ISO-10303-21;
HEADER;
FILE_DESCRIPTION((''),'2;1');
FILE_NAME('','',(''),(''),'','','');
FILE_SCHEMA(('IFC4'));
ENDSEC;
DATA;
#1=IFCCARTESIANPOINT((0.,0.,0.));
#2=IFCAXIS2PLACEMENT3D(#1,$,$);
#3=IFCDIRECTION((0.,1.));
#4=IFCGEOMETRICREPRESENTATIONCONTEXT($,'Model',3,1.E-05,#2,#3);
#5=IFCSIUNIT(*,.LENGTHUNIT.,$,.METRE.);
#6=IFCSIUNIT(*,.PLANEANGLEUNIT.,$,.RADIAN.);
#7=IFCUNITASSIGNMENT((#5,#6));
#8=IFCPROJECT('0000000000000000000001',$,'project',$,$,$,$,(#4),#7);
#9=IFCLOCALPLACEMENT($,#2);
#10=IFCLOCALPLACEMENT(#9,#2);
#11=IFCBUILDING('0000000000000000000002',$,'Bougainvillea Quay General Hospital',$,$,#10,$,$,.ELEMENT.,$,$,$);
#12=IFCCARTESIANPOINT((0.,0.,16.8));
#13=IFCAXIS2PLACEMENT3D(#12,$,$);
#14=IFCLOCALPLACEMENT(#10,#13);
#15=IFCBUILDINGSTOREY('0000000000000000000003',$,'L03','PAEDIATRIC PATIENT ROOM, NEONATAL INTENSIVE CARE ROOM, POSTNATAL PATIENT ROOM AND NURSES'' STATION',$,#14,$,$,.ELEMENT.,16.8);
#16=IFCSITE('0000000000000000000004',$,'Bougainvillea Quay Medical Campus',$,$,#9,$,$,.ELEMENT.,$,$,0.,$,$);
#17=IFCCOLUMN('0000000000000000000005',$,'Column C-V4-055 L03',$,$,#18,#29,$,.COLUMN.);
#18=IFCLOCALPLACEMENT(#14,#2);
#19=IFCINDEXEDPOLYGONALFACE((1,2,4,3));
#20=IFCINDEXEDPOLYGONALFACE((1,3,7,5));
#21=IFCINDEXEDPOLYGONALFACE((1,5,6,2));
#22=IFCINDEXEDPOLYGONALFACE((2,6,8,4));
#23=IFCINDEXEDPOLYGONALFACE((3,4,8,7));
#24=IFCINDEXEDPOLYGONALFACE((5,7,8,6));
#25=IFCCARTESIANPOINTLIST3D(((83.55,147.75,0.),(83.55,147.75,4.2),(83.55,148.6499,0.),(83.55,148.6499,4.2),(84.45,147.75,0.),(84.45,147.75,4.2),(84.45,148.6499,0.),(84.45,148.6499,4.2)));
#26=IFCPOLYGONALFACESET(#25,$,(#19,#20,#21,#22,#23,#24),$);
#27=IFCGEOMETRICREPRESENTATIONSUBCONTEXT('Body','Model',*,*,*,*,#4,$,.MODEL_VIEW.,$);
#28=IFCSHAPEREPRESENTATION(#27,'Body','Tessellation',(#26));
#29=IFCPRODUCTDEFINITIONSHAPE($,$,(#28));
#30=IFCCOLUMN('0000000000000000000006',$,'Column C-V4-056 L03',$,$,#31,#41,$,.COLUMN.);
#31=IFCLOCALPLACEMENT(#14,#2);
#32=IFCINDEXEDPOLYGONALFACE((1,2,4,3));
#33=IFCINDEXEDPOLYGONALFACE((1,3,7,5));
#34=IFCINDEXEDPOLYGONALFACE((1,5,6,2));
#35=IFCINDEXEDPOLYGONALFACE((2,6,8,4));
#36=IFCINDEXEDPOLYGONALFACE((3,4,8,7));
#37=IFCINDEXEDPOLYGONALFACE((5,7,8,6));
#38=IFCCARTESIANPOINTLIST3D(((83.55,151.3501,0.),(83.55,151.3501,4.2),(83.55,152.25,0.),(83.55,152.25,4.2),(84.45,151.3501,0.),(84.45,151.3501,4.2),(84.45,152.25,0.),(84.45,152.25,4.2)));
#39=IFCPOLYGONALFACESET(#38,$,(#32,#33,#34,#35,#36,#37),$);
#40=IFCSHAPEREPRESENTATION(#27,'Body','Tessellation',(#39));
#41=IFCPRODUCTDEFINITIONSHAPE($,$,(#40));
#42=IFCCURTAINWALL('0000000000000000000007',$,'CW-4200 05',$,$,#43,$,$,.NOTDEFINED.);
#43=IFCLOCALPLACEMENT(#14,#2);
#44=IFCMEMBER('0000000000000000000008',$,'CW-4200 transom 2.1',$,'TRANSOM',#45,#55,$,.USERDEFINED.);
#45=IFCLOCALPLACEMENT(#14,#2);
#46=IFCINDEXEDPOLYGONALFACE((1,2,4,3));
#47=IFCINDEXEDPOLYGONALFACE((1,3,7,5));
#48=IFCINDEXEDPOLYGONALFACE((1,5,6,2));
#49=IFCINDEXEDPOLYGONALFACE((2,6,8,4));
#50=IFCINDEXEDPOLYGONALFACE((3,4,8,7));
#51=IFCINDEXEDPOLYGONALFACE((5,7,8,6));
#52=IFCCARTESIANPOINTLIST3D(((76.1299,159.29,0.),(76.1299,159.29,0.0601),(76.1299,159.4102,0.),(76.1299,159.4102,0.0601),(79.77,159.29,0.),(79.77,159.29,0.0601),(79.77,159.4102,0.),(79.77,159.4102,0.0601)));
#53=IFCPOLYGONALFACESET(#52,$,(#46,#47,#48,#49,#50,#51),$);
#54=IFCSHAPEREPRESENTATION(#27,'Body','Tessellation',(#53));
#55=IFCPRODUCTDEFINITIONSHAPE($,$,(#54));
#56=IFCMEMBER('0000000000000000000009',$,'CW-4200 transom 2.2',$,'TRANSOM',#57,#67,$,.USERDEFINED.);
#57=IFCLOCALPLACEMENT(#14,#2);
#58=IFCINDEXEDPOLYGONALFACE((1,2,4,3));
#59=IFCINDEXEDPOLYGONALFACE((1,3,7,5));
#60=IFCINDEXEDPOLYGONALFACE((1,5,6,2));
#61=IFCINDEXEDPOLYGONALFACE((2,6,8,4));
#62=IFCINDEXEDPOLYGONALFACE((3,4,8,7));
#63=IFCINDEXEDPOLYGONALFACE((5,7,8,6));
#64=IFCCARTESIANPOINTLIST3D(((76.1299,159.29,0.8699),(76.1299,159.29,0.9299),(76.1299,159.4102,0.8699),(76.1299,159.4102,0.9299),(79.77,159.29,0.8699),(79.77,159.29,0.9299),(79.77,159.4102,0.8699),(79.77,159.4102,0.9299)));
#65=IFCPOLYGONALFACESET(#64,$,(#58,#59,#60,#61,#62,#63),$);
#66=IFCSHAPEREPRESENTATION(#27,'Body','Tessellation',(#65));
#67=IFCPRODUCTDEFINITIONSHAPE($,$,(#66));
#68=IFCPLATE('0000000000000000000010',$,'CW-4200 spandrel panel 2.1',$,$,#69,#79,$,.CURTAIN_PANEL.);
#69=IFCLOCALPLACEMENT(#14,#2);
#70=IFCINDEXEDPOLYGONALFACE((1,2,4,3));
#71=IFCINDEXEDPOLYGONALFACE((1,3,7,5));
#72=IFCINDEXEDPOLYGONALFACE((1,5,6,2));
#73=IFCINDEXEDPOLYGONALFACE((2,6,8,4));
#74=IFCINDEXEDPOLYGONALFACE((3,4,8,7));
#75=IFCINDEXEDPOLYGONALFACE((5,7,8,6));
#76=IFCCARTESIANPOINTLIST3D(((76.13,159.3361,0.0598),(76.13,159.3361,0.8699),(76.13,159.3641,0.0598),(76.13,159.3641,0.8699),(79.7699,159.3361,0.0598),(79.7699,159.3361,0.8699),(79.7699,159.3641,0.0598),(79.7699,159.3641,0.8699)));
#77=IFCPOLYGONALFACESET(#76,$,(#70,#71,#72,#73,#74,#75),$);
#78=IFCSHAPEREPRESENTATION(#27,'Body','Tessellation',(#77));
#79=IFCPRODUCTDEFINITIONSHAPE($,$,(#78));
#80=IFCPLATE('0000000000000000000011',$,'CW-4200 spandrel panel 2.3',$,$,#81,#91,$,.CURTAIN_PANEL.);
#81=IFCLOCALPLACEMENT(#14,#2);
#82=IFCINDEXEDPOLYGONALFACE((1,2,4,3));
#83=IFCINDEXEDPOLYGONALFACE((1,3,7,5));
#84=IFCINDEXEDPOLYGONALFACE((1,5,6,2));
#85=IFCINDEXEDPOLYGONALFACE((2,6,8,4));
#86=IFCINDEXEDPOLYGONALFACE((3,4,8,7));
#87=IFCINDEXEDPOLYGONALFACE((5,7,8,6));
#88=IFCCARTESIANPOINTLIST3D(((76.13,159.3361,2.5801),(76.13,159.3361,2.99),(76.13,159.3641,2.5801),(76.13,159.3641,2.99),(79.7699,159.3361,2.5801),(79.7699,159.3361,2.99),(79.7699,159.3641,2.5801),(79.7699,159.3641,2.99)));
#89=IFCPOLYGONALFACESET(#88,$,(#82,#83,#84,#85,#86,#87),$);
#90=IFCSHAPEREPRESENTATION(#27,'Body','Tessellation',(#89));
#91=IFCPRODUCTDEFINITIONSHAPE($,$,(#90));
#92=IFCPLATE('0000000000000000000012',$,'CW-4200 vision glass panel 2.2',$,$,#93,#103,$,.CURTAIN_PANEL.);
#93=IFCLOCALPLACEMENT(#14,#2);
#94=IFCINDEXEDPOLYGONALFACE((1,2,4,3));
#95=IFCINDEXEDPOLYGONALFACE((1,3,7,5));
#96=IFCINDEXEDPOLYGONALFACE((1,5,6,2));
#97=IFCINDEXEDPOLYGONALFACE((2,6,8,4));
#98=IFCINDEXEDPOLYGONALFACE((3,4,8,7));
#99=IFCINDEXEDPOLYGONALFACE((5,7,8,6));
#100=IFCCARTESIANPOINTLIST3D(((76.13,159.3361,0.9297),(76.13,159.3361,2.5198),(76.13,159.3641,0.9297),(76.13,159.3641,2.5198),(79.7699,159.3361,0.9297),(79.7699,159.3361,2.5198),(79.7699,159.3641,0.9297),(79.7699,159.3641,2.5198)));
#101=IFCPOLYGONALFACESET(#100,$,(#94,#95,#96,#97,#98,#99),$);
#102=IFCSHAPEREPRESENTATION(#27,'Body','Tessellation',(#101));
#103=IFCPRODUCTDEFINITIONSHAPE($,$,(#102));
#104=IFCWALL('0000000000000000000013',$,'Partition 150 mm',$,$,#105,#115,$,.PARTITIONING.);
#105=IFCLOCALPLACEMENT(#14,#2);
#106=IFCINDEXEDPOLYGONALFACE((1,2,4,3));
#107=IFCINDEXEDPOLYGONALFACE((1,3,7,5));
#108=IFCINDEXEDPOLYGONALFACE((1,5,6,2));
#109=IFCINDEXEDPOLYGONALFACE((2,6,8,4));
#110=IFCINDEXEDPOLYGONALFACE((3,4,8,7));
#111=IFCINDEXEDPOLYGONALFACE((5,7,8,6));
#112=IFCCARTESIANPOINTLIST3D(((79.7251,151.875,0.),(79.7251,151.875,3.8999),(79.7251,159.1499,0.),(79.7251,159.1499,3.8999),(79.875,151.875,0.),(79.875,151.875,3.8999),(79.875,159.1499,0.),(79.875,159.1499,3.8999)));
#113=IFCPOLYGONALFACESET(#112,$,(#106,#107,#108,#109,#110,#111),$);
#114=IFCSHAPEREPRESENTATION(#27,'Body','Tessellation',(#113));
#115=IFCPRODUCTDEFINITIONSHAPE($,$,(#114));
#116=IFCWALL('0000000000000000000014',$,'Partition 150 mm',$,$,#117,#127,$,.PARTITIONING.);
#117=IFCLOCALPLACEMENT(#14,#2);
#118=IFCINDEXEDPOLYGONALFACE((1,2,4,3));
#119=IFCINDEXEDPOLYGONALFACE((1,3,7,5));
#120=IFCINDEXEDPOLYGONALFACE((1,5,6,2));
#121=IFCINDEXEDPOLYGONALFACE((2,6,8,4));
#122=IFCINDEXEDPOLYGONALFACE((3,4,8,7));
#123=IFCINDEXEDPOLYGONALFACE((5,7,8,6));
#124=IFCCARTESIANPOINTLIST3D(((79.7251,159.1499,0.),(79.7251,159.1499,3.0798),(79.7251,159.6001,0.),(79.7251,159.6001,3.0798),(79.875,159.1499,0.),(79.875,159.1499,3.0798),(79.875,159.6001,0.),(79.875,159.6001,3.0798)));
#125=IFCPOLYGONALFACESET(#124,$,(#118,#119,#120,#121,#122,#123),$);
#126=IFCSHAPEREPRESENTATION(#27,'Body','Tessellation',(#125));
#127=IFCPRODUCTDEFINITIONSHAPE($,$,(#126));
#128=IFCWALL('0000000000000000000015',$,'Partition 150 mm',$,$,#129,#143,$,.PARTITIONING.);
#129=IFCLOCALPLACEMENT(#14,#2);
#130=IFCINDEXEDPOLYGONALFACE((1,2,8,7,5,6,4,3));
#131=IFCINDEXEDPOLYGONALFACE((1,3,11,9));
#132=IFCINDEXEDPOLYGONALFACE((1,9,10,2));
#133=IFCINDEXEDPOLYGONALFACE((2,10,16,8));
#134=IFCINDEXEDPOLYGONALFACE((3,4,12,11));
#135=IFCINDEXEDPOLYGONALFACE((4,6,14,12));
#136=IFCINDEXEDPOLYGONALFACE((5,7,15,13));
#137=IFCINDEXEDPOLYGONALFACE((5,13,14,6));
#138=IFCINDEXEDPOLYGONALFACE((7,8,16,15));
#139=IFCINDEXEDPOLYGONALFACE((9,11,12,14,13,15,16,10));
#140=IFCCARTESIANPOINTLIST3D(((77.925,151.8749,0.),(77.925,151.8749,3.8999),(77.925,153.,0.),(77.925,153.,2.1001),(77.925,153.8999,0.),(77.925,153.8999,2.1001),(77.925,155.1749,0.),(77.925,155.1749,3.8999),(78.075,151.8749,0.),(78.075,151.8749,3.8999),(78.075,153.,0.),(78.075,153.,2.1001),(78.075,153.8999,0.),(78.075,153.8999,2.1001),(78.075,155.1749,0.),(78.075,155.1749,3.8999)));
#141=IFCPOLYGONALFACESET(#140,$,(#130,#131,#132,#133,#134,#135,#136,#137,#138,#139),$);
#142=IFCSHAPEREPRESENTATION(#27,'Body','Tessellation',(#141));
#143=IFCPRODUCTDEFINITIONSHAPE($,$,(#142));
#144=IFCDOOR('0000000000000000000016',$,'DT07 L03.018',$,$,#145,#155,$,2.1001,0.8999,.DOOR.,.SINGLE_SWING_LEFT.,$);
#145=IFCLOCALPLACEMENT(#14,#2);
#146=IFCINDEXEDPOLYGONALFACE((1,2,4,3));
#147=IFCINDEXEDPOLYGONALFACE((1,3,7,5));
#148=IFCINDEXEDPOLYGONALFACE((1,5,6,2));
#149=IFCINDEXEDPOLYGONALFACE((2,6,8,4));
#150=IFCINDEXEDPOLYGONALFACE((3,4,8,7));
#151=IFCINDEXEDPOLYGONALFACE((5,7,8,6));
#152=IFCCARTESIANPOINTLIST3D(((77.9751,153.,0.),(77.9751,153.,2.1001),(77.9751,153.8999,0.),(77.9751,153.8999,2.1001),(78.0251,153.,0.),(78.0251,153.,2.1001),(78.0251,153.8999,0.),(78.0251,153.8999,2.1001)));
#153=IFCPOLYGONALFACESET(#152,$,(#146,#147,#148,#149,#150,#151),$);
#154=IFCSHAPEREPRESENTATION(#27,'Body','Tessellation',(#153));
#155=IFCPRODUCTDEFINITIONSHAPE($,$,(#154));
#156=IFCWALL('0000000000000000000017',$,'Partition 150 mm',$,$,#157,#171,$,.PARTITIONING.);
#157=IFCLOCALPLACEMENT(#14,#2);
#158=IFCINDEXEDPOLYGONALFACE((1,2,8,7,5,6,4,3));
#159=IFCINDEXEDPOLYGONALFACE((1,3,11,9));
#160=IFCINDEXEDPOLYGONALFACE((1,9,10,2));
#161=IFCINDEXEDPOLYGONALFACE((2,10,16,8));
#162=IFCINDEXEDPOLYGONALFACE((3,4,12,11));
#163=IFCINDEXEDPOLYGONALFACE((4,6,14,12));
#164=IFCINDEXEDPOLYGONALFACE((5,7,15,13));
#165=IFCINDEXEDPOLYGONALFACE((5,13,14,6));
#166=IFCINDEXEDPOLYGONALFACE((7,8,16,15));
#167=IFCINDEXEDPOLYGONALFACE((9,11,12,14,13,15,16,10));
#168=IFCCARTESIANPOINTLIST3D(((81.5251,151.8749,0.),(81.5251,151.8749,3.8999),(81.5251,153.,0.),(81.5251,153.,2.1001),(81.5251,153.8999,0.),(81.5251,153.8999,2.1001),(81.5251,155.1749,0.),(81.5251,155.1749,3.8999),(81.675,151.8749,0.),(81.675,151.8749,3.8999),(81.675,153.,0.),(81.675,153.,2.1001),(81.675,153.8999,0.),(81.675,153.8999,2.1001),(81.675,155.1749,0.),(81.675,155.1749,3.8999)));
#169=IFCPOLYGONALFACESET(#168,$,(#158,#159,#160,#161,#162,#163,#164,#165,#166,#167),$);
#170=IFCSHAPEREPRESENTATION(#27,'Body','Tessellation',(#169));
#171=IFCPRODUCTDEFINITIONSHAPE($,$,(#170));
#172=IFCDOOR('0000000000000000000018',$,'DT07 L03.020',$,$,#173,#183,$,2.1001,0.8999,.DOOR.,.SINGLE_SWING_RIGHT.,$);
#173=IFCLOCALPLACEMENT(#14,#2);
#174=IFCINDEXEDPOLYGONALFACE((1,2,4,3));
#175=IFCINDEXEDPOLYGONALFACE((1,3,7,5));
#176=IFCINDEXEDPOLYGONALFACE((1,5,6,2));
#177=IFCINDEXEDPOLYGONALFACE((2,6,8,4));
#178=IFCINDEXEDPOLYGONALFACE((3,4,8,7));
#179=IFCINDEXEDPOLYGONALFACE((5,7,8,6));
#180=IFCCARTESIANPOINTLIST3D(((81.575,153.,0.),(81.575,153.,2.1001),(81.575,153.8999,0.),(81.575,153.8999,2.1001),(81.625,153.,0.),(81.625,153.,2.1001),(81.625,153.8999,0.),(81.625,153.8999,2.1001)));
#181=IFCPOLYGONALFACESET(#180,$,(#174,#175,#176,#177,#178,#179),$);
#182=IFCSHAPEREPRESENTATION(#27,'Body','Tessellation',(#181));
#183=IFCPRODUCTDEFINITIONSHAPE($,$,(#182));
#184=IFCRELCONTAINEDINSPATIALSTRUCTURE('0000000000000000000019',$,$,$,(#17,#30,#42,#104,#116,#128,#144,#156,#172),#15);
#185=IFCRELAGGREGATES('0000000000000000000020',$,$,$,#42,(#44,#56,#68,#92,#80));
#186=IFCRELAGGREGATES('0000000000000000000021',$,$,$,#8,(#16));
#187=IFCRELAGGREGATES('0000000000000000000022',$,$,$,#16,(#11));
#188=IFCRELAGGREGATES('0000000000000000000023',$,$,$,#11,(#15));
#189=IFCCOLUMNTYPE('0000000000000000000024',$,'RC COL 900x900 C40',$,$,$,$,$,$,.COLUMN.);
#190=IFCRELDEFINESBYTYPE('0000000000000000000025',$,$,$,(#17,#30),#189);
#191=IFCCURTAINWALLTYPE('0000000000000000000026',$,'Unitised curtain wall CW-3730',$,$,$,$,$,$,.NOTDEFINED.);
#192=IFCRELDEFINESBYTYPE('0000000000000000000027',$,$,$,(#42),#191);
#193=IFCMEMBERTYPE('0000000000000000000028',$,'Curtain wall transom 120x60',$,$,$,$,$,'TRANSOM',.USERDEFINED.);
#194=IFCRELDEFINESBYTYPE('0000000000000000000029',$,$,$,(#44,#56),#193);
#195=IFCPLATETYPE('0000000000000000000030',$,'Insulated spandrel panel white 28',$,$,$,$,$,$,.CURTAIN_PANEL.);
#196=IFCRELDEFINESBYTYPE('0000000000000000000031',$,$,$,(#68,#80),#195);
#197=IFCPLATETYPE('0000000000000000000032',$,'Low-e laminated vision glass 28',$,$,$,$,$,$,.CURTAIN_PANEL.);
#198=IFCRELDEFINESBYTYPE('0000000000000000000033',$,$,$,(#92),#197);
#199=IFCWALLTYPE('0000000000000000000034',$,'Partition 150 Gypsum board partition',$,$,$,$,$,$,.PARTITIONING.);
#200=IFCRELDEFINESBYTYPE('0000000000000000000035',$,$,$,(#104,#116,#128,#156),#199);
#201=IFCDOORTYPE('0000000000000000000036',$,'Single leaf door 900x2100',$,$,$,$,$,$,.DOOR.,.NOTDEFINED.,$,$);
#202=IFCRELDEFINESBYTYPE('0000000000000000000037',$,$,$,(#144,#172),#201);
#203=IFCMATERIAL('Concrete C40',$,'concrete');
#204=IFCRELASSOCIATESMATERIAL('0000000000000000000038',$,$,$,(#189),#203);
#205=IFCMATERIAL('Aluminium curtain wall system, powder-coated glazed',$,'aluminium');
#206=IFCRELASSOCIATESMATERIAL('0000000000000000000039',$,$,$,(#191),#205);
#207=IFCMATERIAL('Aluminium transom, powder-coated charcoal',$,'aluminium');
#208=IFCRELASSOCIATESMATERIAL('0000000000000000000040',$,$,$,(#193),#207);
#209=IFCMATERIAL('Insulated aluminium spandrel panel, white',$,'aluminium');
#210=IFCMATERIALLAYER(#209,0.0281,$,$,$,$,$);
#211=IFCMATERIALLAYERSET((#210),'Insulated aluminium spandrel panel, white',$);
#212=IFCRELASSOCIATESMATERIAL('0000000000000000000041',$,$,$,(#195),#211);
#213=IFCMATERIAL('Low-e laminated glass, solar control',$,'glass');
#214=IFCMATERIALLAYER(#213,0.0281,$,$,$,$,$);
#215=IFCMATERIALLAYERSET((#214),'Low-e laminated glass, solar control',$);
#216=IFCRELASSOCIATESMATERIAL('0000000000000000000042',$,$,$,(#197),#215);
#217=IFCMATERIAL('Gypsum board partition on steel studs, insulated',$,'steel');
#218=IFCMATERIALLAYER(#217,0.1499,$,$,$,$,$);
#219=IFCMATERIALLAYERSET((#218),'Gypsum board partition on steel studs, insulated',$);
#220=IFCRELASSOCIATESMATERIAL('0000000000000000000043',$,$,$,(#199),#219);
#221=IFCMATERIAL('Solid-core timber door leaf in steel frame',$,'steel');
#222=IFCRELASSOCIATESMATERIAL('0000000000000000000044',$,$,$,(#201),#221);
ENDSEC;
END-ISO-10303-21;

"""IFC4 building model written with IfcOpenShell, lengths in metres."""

from ifc_helpers import new_model, si_unit, direction, frame, frame_2d, origin, origin_2d, place, context, subcontext, project, spatial, rectangle, extrude, material, layer, layer_set, material_profile, profile_set, type_object, element, fill, aggregate, save


model = new_model("IFC4")

# Units and contexts
model_context = context("Model", 3, precision=1e-05, world=origin(), true_north=direction((0.0, 1.0)))
body_context = subcontext(model_context, "Body", "Model", "MODEL_VIEW")
ifc_project = project(units=[si_unit("LENGTHUNIT", "METRE"), si_unit("PLANEANGLEUNIT", "RADIAN")], contexts=[model_context])

# Site, building, storey
site_placement = place(None, origin())
site = spatial("IfcSite", under=ifc_project, at=site_placement, Name="Bougainvillea Quay Medical Campus", CompositionType="ELEMENT", RefElevation=0.0)
building_placement = place(site_placement, origin())
building = spatial("IfcBuilding", under=site, at=building_placement, Name="Bougainvillea Quay General Hospital", CompositionType="ELEMENT")
storey_placement = place(building_placement, frame((0.0, 0.0, 16.8)))
storey = spatial("IfcBuildingStorey", under=building, at=storey_placement, Name="L03", Description="PAEDIATRIC PATIENT ROOM, NEONATAL INTENSIVE CARE ROOM, POSTNATAL PATIENT ROOM AND NURSES' STATION", CompositionType="ELEMENT", Elevation=16.8)

# Columns
ifc_material_1 = material(Name="Concrete C40", Category="concrete")
ifc_material_profile_1 = material_profile(ifc_material_1, rectangle(XDim=0.8999, YDim=0.8999, at=origin_2d()))
ifc_profile_set_1 = profile_set([ifc_material_profile_1], Name="Concrete C40")
column_type = type_object("IfcColumnType", Name="RC COL 900x900 C40", PredefinedType="COLUMN", material=ifc_profile_set_1)
for number, where, z_axis, x_axis, name in (
    (1, (84.0, 148.2, 0.0), (0.0, 0.0, 1.0), (1.0, 0.0, 0.0), "Column C-V4-055 L03"),
    (2, (84.0, 151.8, 0.0), (0.0, 0.0, 1.0), (1.0, 0.0, 0.0), "Column C-V4-056 L03"),
):
    element("IfcColumn", number, at=place(storey_placement, frame(where, z_axis=z_axis, x_axis=x_axis)), inside=storey, type_object=column_type, Name=name, PredefinedType="COLUMN", context=body_context, shape_type="SweptSolid", body=[
        extrude(rectangle(XDim=0.8999, YDim=0.8999, at=origin_2d()), origin(), (0.0, 0.0, 1.0), 4.2),
    ])

# Curtain wall, members, plates
ifc_material_2 = material(Name="Aluminium curtain wall system, powder-coated glazed", Category="aluminium")
curtain_wall_type = type_object("IfcCurtainWallType", Name="Unitised curtain wall CW-3730", PredefinedType="NOTDEFINED", material=ifc_material_2)
curtain_wall_placement = place(storey_placement, origin())
curtain_wall = element("IfcCurtainWall", 3, at=curtain_wall_placement, inside=storey, type_object=curtain_wall_type, Name="CW-4200 05", PredefinedType="NOTDEFINED")
ifc_material_3 = material(Name="Aluminium transom, powder-coated charcoal", Category="aluminium")
ifc_material_profile_2 = material_profile(ifc_material_3, rectangle(XDim=0.1201, YDim=0.0601, at=origin_2d()))
ifc_profile_set_2 = profile_set([ifc_material_profile_2], Name="Aluminium transom, powder-coated charcoal")
member_type = type_object("IfcMemberType", Name="Curtain wall transom 120x60", ElementType="TRANSOM", PredefinedType="USERDEFINED", material=ifc_profile_set_2)
member_1_placement = place(storey_placement, frame((79.77, 159.3501, 0.03), z_axis=(-1.0, 0.0, 0.0), x_axis=(0.0, -1.0, 0.0)))
member_1 = element("IfcMember", 4, at=member_1_placement, type_object=member_type, Name="CW-4200 transom 2.1", ObjectType="TRANSOM", PredefinedType="USERDEFINED", context=body_context, shape_type="SweptSolid", body=[
    extrude(rectangle(XDim=0.1201, YDim=0.0601, at=origin_2d()), origin(), (0.0, 0.0, 1.0), 3.6401),
])
member_2_placement = place(storey_placement, frame((79.77, 159.3501, 0.8999), z_axis=(-1.0, 0.0, 0.0), x_axis=(0.0, -1.0, 0.0)))
member_2 = element("IfcMember", 5, at=member_2_placement, type_object=member_type, Name="CW-4200 transom 2.2", ObjectType="TRANSOM", PredefinedType="USERDEFINED", context=body_context, shape_type="SweptSolid", body=[
    extrude(rectangle(XDim=0.1201, YDim=0.0601, at=origin_2d()), origin(), (0.0, 0.0, 1.0), 3.6401),
])
ifc_material_4 = material(Name="Insulated aluminium spandrel panel, white", Category="aluminium")
ifc_layer_1 = layer(ifc_material_4, 0.0281)
ifc_layer_set_1 = layer_set([ifc_layer_1], Name="Insulated aluminium spandrel panel, white")
plate_type_1 = type_object("IfcPlateType", Name="Insulated spandrel panel white 28", PredefinedType="CURTAIN_PANEL", material=ifc_layer_set_1)
plate_1_placement = place(storey_placement, frame((77.95, 159.3501, 0.0598), z_axis=(0.0, 0.0, 1.0), x_axis=(-1.0, 0.0, 0.0)))
plate_1 = element("IfcPlate", 6, at=plate_1_placement, type_object=plate_type_1, Name="CW-4200 spandrel panel 2.1", PredefinedType="CURTAIN_PANEL", context=body_context, shape_type="SweptSolid", body=[
    extrude(rectangle(XDim=3.6399, YDim=0.0281, at=origin_2d()), origin(), (0.0, 0.0, 1.0), 0.8101),
])
plate_2_placement = place(storey_placement, frame((77.95, 159.3501, 2.5801), z_axis=(0.0, 0.0, 1.0), x_axis=(-1.0, 0.0, 0.0)))
plate_2 = element("IfcPlate", 7, at=plate_2_placement, type_object=plate_type_1, Name="CW-4200 spandrel panel 2.3", PredefinedType="CURTAIN_PANEL", context=body_context, shape_type="SweptSolid", body=[
    extrude(rectangle(XDim=3.6399, YDim=0.0281, at=origin_2d()), origin(), (0.0, 0.0, 1.0), 0.4099),
])
ifc_material_5 = material(Name="Low-e laminated glass, solar control", Category="glass")
ifc_layer_2 = layer(ifc_material_5, 0.0281)
ifc_layer_set_2 = layer_set([ifc_layer_2], Name="Low-e laminated glass, solar control")
plate_type_2 = type_object("IfcPlateType", Name="Low-e laminated vision glass 28", PredefinedType="CURTAIN_PANEL", material=ifc_layer_set_2)
plate_3_placement = place(storey_placement, frame((77.95, 159.3501, 0.9297), z_axis=(0.0, 0.0, 1.0), x_axis=(-1.0, 0.0, 0.0)))
plate_3 = element("IfcPlate", 8, at=plate_3_placement, type_object=plate_type_2, Name="CW-4200 vision glass panel 2.2", PredefinedType="CURTAIN_PANEL", context=body_context, shape_type="SweptSolid", body=[
    extrude(rectangle(XDim=3.6399, YDim=0.0281, at=origin_2d()), origin(), (0.0, 0.0, 1.0), 1.5901),
])
aggregate(curtain_wall, [member_1, member_2, plate_1, plate_3, plate_2])

# Walls
ifc_material_6 = material(Name="Gypsum board partition on steel studs, insulated", Category="steel")
ifc_layer_3 = layer(ifc_material_6, 0.1499)
ifc_layer_set_3 = layer_set([ifc_layer_3], Name="Gypsum board partition on steel studs, insulated")
wall_type_1 = type_object("IfcWallType", Name="Partition 150 Gypsum board partition", PredefinedType="PARTITIONING", material=ifc_layer_set_3)
wall_1_placement = place(storey_placement, frame((79.8, 151.875, 0.0), z_axis=(0.0, 0.0, 1.0), x_axis=(0.0, 1.0, 0.0)))
element("IfcWall", 9, at=wall_1_placement, inside=storey, type_object=wall_type_1, Name="Partition 150 mm", PredefinedType="PARTITIONING", context=body_context, shape_type="SweptSolid", body=[
    extrude(rectangle(XDim=7.2749, YDim=0.1499, at=frame_2d((3.6375, 0.0))), origin(), (0.0, 0.0, 1.0), 3.8999),
])
wall_2_placement = place(storey_placement, frame((79.8, 159.1499, 0.0), z_axis=(0.0, 0.0, 1.0), x_axis=(0.0, 1.0, 0.0)))
element("IfcWall", 10, at=wall_2_placement, inside=storey, type_object=wall_type_1, Name="Partition 150 mm", PredefinedType="PARTITIONING", context=body_context, shape_type="SweptSolid", body=[
    extrude(rectangle(XDim=0.4502, YDim=0.1499, at=frame_2d((0.2251, 0.0))), origin(), (0.0, 0.0, 1.0), 3.0798),
])

# Walls, openings, doors
wall_3_placement = place(storey_placement, frame((78.0, 151.875, 0.0), z_axis=(0.0, 0.0, 1.0), x_axis=(0.0, 1.0, 0.0)))
wall_3 = element("IfcWall", 11, at=wall_3_placement, inside=storey, type_object=wall_type_1, Name="Partition 150 mm", PredefinedType="PARTITIONING", context=body_context, shape_type="SweptSolid", body=[
    extrude(rectangle(XDim=3.3, YDim=0.1499, at=frame_2d((1.6499, 0.0))), origin(), (0.0, 0.0, 1.0), 3.8999),
])
opening_1_placement = place(wall_3_placement, frame((1.125, 0.0, 0.0)))
opening_1 = element("IfcOpeningElement", 12, at=opening_1_placement, cuts=wall_3, PredefinedType="OPENING", context=body_context, shape_type="SweptSolid", body=[
    extrude(rectangle(XDim=0.8999, YDim=2.1001, at=frame_2d((0.45, 1.05))), frame((0.0, 0.085, 0.0), z_axis=(0.0, -1.0, 0.0), x_axis=(1.0, 0.0, 0.0)), (0.0, 0.0, 1.0), 0.1699),
])
ifc_material_7 = material(Name="Solid-core timber door leaf in steel frame", Category="steel")
door_type_1 = type_object("IfcDoorType", Name="Single leaf door 900x2100", OperationType="NOTDEFINED", PredefinedType="DOOR", material=ifc_material_7)
door_1_placement = place(opening_1_placement, origin())
door_1 = element("IfcDoor", 13, at=door_1_placement, inside=storey, type_object=door_type_1, Name="DT07 L03.018", OperationType="SINGLE_SWING_LEFT", OverallHeight=2.1001, OverallWidth=0.8999, PredefinedType="DOOR", context=body_context, shape_type="SweptSolid", body=[
    extrude(rectangle(XDim=0.8999, YDim=2.1001, at=frame_2d((0.45, 1.05))), frame((0.0, 0.0249, 0.0), z_axis=(0.0, -1.0, 0.0), x_axis=(1.0, 0.0, 0.0)), (0.0, 0.0, 1.0), 0.05),
])
fill(opening_1, door_1)
wall_4_placement = place(storey_placement, frame((81.6001, 151.875, 0.0), z_axis=(0.0, 0.0, 1.0), x_axis=(0.0, 1.0, 0.0)))
wall_4 = element("IfcWall", 14, at=wall_4_placement, inside=storey, type_object=wall_type_1, Name="Partition 150 mm", PredefinedType="PARTITIONING", context=body_context, shape_type="SweptSolid", body=[
    extrude(rectangle(XDim=3.3, YDim=0.1499, at=frame_2d((1.6499, 0.0))), origin(), (0.0, 0.0, 1.0), 3.8999),
])
opening_2_placement = place(wall_4_placement, frame((1.125, 0.0, 0.0)))
opening_2 = element("IfcOpeningElement", 15, at=opening_2_placement, cuts=wall_4, PredefinedType="OPENING", context=body_context, shape_type="SweptSolid", body=[
    extrude(rectangle(XDim=0.8999, YDim=2.1001, at=frame_2d((0.45, 1.05))), frame((0.0, 0.085, 0.0), z_axis=(0.0, -1.0, 0.0), x_axis=(1.0, 0.0, 0.0)), (0.0, 0.0, 1.0), 0.1699),
])
door_2_placement = place(opening_2_placement, frame((0.8999, 0.0, 0.0), z_axis=(0.0, 0.0, 1.0), x_axis=(-1.0, 0.0, 0.0)))
door_2 = element("IfcDoor", 16, at=door_2_placement, inside=storey, type_object=door_type_1, Name="DT07 L03.020", OperationType="SINGLE_SWING_RIGHT", OverallHeight=2.1001, OverallWidth=0.8999, PredefinedType="DOOR", context=body_context, shape_type="SweptSolid", body=[
    extrude(rectangle(XDim=0.8999, YDim=2.1001, at=frame_2d((0.45, 1.05))), frame((0.0, 0.0249, 0.0), z_axis=(0.0, -1.0, 0.0), x_axis=(1.0, 0.0, 0.0)), (0.0, 0.0, 1.0), 0.05),
])
fill(opening_2, door_2)

save(model, "model.ifc")
